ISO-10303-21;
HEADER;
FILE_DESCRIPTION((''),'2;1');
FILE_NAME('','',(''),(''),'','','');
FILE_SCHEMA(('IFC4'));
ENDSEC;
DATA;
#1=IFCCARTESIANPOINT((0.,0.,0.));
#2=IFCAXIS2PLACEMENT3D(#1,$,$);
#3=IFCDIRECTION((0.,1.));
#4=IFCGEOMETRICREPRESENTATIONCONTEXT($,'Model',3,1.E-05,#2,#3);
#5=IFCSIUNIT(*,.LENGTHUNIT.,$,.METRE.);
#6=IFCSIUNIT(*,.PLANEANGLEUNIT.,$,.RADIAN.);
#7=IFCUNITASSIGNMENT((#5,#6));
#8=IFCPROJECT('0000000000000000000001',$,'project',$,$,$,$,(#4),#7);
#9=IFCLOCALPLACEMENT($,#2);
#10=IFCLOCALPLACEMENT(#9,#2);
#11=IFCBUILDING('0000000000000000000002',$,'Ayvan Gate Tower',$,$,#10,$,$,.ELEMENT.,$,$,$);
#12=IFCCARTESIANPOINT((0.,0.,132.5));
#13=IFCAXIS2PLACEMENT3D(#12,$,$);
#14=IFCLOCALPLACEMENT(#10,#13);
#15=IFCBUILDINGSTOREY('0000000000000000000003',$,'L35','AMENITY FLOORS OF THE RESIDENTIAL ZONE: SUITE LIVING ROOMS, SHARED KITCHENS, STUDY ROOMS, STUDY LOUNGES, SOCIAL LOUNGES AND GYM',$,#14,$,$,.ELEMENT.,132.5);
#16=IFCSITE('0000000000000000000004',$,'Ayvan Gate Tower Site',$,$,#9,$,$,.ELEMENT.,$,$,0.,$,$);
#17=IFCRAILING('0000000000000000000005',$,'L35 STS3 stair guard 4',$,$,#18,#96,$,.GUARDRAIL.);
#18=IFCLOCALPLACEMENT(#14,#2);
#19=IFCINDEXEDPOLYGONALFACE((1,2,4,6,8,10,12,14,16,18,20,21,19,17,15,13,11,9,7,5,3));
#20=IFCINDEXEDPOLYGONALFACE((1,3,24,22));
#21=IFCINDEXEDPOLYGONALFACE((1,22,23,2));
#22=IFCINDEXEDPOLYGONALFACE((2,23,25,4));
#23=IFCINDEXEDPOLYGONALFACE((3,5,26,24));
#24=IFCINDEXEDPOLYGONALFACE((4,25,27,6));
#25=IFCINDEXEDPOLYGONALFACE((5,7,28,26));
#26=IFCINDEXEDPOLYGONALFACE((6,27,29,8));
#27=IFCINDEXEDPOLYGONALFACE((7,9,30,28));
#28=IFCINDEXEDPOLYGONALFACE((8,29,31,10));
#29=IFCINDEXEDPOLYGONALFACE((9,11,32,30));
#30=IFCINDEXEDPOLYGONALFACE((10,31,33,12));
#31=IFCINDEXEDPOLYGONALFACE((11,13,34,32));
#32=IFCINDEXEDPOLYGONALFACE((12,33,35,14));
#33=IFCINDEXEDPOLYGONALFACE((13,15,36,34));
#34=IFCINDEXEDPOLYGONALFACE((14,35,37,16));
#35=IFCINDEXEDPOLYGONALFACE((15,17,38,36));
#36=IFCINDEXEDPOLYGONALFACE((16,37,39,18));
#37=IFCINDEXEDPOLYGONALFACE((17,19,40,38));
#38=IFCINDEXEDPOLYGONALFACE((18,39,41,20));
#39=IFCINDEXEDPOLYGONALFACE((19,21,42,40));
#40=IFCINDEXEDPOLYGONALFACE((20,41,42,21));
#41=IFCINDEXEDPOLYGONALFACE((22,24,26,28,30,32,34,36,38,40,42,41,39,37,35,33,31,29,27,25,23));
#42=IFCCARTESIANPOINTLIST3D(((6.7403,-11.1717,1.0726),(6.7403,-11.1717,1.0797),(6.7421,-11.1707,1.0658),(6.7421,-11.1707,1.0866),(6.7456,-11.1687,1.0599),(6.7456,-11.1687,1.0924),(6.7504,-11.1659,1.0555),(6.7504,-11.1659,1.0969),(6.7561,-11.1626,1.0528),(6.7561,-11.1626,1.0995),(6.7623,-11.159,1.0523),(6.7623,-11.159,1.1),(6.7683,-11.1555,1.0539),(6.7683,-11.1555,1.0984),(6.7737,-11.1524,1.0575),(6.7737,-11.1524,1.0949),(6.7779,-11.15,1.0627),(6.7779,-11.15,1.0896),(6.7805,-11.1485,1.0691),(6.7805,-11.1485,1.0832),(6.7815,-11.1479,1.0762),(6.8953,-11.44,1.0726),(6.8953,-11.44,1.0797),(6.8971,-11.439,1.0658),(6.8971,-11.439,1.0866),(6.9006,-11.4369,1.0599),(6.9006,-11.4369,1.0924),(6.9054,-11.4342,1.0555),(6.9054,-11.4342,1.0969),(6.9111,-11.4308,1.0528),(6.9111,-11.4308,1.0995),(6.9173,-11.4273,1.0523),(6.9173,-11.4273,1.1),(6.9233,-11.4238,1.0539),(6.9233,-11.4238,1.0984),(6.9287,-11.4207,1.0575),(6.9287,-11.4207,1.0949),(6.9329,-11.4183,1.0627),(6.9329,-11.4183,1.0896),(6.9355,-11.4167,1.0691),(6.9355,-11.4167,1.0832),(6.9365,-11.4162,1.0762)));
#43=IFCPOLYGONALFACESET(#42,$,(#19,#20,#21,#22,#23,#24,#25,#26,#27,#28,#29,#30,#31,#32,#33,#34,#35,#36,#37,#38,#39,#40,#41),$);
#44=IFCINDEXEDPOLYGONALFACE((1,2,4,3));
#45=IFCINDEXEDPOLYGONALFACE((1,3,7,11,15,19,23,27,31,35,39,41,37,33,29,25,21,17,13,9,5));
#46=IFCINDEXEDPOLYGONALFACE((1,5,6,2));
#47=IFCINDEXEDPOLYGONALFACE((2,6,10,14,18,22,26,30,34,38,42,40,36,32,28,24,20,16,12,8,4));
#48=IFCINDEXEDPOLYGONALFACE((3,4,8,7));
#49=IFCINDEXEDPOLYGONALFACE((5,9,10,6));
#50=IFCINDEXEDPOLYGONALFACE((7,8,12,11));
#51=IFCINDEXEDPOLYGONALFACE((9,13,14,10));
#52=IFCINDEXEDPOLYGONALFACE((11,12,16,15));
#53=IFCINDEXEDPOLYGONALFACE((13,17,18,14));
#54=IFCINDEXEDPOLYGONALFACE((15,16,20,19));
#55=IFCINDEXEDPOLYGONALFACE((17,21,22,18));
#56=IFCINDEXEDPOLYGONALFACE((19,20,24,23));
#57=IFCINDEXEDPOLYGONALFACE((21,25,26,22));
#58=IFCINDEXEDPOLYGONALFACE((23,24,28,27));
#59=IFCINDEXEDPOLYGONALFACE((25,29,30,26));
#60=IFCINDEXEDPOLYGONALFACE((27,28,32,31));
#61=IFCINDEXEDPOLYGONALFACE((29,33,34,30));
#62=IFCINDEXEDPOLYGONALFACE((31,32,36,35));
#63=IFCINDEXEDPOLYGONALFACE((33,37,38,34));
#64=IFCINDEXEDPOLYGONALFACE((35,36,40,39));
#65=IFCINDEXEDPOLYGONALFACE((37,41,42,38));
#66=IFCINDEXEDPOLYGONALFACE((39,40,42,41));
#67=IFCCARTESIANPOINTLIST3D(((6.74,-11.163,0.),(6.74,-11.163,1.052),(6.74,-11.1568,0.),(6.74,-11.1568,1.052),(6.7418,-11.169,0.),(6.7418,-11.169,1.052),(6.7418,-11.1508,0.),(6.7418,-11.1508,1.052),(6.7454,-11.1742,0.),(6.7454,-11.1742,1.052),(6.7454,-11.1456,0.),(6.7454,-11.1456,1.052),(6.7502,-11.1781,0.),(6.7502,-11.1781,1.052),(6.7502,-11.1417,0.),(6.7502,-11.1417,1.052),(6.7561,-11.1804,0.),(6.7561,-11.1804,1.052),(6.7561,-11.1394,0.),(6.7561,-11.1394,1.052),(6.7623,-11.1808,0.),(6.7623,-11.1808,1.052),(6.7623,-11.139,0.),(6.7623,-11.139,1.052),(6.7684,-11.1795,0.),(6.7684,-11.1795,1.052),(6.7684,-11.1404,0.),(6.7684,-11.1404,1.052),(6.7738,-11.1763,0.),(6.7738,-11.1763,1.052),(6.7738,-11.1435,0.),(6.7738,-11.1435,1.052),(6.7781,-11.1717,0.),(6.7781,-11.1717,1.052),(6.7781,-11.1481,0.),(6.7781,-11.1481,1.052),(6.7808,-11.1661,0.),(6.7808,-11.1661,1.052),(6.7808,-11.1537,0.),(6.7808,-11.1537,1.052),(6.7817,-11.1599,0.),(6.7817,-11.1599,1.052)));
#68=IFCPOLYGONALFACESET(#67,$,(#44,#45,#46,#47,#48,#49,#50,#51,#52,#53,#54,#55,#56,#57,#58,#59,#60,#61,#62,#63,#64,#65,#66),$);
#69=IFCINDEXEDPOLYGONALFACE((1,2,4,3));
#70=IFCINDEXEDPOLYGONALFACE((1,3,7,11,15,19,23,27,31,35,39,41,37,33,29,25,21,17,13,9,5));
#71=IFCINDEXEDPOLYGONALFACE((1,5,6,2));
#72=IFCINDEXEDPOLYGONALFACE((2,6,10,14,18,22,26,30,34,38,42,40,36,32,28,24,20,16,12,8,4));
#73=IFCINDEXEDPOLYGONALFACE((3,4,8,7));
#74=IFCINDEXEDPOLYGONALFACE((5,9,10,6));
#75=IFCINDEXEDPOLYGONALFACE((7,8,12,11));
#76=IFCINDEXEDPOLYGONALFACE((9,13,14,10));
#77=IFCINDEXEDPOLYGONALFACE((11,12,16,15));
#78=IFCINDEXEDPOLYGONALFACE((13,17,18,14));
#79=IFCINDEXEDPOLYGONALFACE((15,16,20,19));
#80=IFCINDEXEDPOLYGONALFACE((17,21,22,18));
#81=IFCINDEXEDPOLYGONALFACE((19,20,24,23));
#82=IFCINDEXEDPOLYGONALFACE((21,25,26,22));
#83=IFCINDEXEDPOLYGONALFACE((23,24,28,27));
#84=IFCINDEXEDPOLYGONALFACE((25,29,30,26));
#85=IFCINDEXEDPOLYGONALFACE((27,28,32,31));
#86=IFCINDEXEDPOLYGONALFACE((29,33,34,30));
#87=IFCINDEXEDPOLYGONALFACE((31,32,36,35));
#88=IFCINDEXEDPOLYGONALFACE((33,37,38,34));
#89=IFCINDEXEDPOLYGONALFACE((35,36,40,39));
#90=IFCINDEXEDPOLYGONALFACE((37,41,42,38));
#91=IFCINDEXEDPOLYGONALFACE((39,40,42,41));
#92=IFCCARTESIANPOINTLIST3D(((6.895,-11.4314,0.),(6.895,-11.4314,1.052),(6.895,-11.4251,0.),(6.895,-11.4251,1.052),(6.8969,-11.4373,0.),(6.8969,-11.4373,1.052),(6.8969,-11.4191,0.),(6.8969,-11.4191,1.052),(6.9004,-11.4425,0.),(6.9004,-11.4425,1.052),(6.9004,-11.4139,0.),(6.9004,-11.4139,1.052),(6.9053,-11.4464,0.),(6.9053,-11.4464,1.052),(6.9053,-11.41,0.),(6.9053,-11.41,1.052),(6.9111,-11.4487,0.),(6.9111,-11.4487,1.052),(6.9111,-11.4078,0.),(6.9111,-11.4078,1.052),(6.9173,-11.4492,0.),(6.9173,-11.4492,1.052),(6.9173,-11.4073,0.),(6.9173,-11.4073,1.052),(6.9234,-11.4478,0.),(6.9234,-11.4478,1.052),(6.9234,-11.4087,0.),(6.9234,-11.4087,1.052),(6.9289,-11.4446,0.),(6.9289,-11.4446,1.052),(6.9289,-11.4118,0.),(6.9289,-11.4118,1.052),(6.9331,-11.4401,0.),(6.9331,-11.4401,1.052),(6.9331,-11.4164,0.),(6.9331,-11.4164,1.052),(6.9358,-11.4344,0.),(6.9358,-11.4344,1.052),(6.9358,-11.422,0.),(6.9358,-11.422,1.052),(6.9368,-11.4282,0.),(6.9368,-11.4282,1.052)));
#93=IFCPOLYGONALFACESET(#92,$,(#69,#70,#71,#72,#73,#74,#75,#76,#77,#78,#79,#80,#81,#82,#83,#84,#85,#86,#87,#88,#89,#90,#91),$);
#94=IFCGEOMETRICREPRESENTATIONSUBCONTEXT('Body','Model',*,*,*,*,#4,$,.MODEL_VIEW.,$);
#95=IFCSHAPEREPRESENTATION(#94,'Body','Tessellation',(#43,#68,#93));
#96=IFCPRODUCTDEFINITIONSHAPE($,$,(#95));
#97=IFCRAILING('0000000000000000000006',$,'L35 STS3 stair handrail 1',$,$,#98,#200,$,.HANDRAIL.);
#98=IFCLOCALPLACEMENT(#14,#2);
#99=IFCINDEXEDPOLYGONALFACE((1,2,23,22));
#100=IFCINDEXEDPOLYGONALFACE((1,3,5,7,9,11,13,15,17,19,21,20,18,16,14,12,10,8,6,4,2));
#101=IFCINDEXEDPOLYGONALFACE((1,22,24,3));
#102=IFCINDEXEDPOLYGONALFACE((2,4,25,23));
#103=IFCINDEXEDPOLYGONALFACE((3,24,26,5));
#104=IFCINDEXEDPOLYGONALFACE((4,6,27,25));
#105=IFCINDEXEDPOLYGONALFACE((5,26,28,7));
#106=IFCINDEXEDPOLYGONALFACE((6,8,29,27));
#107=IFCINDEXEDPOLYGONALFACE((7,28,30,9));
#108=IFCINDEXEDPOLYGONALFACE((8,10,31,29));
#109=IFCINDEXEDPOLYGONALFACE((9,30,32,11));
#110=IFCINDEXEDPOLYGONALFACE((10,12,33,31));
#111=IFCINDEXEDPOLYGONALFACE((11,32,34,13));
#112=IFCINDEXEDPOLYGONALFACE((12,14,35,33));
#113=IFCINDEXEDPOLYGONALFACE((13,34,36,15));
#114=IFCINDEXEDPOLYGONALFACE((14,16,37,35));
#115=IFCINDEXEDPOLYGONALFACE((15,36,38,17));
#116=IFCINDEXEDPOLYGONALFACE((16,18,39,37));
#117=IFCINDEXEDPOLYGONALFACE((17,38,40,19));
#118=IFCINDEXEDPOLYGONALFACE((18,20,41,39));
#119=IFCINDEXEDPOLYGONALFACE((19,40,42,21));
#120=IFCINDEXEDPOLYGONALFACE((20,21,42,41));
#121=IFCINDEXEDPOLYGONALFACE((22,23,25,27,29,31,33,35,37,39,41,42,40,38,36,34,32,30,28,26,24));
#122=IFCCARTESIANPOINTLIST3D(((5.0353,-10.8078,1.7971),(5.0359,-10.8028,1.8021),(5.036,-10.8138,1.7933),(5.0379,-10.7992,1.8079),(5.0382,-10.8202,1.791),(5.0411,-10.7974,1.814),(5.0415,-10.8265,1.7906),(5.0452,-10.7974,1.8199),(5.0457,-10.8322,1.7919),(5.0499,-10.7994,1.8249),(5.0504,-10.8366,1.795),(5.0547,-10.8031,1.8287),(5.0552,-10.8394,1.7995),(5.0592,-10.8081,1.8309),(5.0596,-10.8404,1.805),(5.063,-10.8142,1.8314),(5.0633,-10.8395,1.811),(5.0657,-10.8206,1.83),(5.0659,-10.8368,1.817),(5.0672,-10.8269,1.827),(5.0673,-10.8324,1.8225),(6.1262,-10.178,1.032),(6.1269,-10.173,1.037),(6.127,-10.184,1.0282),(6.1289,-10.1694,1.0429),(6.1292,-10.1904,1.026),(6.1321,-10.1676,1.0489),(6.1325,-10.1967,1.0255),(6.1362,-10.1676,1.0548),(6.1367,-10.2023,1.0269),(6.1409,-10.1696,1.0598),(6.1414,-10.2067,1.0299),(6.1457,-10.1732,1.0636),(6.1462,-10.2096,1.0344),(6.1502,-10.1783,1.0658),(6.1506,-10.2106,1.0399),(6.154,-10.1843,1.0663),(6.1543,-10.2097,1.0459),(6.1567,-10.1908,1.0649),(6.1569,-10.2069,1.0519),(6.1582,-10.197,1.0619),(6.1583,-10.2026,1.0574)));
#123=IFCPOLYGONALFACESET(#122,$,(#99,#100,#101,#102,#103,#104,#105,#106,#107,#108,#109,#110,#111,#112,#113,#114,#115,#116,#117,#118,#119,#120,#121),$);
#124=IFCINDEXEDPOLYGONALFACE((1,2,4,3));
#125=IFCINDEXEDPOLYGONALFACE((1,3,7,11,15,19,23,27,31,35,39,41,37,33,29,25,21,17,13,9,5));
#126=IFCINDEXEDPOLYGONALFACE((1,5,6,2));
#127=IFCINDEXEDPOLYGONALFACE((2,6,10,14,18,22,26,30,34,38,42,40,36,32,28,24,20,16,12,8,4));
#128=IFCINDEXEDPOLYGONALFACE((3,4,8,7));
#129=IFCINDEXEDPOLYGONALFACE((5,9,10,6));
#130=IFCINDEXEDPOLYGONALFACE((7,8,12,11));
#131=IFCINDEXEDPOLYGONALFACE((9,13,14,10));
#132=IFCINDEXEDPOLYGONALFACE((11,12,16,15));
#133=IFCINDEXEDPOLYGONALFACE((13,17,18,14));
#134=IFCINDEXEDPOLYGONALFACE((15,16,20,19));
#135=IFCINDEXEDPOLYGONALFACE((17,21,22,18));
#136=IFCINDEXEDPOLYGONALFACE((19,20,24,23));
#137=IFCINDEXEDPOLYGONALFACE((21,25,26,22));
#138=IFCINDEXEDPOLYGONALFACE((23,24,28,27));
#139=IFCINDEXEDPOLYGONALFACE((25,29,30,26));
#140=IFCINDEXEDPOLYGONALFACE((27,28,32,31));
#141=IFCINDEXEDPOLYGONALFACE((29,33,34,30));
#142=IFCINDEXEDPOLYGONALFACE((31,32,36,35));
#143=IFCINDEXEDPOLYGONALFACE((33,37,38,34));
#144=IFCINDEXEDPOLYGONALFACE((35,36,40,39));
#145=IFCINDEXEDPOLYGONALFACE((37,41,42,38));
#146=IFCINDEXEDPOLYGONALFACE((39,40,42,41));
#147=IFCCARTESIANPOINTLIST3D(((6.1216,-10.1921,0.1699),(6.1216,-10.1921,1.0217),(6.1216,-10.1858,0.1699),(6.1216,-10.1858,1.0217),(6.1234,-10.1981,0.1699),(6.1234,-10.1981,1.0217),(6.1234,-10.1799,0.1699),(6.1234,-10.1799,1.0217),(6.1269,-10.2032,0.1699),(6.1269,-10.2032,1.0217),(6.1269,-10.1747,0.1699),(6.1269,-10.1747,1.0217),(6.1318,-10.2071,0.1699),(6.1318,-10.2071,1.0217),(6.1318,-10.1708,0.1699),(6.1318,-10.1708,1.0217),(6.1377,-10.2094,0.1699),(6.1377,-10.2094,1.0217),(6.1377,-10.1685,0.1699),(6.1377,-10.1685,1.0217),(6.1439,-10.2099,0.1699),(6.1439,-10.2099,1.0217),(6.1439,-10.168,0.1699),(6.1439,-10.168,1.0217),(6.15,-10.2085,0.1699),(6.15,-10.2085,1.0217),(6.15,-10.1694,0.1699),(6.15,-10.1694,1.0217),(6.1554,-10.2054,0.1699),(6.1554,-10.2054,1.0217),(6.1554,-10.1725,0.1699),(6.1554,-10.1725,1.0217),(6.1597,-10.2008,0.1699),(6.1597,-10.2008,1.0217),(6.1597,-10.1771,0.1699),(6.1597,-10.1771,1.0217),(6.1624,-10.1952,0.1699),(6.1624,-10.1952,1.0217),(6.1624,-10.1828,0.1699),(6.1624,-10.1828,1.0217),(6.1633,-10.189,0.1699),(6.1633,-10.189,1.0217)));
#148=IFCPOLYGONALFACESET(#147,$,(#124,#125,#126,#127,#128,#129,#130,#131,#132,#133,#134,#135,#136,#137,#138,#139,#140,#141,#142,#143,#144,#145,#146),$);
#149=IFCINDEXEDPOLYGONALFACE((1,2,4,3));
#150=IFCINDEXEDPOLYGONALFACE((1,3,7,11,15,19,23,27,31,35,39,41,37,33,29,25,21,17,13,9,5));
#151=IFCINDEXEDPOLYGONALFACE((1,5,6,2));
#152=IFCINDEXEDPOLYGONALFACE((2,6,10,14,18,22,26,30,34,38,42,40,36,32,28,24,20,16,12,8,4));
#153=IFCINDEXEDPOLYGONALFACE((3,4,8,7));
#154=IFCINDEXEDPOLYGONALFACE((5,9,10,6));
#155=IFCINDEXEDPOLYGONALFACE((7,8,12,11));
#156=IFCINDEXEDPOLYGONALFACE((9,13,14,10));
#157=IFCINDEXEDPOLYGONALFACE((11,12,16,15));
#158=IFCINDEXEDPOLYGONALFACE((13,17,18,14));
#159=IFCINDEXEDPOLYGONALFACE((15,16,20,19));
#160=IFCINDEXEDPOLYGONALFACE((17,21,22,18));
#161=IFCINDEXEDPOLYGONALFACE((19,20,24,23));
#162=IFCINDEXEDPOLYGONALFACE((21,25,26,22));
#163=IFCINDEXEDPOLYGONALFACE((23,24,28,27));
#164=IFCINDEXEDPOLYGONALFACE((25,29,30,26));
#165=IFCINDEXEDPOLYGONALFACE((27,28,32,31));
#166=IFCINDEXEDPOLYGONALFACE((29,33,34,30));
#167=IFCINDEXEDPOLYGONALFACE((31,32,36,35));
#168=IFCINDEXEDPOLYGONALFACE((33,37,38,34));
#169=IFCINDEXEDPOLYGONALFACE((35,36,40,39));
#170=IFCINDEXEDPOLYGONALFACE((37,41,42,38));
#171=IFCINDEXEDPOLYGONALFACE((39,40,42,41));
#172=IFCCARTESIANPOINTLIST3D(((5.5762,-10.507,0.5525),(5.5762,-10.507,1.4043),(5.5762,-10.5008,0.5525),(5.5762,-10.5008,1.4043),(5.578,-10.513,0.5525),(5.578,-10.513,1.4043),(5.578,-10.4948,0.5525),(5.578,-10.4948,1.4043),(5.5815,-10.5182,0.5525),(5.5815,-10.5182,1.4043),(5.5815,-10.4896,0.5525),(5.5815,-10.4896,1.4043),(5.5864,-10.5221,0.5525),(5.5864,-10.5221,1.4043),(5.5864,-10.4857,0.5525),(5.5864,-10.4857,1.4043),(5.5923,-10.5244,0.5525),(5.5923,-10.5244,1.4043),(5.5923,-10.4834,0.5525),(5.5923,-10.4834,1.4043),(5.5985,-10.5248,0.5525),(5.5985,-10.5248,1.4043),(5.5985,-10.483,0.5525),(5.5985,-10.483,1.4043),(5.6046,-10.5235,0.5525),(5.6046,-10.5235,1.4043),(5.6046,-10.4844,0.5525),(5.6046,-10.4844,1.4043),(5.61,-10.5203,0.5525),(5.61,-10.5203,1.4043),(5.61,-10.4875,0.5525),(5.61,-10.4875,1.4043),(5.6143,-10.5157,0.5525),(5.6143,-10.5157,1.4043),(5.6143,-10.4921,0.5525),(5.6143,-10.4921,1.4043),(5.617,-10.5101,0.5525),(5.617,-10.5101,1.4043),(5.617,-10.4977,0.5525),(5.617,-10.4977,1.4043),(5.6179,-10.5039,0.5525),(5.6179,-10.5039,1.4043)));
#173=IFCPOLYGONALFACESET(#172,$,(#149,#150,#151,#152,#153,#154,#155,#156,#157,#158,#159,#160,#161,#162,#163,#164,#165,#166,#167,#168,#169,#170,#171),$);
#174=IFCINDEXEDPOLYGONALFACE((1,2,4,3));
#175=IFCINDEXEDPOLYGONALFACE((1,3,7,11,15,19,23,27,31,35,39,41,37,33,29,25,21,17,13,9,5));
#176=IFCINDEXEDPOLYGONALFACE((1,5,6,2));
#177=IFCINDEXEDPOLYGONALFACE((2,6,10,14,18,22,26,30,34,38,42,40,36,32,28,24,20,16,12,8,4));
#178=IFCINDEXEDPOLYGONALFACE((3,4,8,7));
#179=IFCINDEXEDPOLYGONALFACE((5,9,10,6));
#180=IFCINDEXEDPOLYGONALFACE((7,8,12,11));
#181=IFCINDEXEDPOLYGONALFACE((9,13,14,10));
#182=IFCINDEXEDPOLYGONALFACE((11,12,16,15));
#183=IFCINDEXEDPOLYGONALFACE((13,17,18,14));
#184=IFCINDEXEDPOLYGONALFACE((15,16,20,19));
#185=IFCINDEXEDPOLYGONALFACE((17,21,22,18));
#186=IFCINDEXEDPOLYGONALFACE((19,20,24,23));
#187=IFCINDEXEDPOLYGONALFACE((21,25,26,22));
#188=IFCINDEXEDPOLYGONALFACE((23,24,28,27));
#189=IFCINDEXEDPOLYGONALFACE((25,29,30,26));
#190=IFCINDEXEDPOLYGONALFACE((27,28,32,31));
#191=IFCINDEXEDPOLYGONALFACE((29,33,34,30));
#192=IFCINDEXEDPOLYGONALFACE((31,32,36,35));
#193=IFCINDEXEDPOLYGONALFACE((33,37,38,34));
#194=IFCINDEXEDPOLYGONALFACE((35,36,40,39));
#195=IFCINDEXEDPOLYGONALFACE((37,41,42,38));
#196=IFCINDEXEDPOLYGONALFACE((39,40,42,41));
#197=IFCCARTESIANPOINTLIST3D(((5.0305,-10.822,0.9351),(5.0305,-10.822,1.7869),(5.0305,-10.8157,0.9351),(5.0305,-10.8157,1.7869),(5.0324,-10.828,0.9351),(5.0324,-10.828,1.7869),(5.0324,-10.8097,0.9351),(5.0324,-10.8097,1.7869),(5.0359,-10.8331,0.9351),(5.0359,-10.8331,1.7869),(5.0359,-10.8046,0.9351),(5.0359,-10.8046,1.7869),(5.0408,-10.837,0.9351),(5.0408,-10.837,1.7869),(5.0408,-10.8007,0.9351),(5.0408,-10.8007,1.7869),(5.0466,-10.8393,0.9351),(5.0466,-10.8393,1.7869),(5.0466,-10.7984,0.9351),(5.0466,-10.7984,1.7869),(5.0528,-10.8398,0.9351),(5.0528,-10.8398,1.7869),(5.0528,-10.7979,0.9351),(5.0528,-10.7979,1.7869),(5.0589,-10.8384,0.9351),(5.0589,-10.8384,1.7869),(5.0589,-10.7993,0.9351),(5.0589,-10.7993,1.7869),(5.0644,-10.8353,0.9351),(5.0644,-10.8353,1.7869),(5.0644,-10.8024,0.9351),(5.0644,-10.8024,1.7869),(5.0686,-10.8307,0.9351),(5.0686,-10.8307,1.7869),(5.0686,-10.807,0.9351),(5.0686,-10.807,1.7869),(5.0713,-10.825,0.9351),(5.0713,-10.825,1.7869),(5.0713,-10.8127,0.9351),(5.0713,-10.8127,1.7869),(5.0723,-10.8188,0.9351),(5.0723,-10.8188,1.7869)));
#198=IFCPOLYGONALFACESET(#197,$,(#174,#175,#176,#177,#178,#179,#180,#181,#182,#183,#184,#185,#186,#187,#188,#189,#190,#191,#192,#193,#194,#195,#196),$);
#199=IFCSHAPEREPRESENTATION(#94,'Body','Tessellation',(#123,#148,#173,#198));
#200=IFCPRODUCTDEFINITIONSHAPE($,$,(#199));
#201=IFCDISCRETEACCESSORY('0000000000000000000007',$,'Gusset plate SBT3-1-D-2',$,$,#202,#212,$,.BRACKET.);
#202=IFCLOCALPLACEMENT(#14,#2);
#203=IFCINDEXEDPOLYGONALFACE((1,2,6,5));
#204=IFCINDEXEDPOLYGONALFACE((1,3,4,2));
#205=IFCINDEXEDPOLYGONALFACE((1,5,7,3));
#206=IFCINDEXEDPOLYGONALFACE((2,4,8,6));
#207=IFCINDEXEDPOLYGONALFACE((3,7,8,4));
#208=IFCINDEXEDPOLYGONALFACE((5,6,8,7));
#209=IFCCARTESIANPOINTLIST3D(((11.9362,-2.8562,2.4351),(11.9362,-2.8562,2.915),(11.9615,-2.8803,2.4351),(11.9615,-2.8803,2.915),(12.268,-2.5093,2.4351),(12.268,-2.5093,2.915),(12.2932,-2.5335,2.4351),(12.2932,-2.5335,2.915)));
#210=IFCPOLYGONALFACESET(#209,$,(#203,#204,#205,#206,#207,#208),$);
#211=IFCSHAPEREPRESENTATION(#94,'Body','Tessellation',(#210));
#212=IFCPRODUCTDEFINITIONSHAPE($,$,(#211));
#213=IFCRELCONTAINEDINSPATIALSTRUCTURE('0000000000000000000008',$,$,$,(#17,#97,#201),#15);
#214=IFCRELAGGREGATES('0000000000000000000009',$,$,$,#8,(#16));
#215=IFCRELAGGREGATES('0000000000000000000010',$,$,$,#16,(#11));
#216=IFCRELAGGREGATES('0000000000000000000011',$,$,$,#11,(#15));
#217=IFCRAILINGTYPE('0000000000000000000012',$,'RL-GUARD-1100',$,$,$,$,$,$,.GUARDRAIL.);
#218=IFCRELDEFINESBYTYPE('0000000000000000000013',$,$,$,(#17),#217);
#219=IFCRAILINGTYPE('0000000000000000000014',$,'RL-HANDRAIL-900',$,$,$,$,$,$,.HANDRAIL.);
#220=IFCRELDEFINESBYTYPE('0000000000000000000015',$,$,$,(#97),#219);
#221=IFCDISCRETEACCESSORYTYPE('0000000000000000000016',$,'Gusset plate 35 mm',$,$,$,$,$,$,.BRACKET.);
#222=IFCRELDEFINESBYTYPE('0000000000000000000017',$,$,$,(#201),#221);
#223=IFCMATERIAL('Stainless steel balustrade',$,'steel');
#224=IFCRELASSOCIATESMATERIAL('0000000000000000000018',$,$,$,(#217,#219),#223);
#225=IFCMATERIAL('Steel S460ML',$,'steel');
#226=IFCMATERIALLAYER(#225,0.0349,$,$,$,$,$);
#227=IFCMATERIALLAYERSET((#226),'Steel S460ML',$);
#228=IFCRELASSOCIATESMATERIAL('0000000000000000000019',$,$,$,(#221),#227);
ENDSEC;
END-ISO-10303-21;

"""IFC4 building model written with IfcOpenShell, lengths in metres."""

from ifc_helpers import new_model, si_unit, direction, frame, origin, origin_2d, place, context, subcontext, project, spatial, rectangle, circle, extrude, material, layer, layer_set, type_object, element, save


model = new_model("IFC4")

# Units and contexts
model_context = context("Model", 3, precision=1e-05, world=origin(), true_north=direction((0.0, 1.0)))
body_context = subcontext(model_context, "Body", "Model", "MODEL_VIEW")
ifc_project = project(units=[si_unit("LENGTHUNIT", "METRE"), si_unit("PLANEANGLEUNIT", "RADIAN")], contexts=[model_context])

# Site, building, storey
site_placement = place(None, origin())
site = spatial("IfcSite", under=ifc_project, at=site_placement, Name="Ayvan Gate Tower Site", CompositionType="ELEMENT", RefElevation=0.0)
building_placement = place(site_placement, origin())
building = spatial("IfcBuilding", under=site, at=building_placement, Name="Ayvan Gate Tower", CompositionType="ELEMENT")
storey_placement = place(building_placement, frame((0.0, 0.0, 132.5)))
storey = spatial("IfcBuildingStorey", under=building, at=storey_placement, Name="L35", Description="AMENITY FLOORS OF THE RESIDENTIAL ZONE: SUITE LIVING ROOMS, SHARED KITCHENS, STUDY ROOMS, STUDY LOUNGES, SOCIAL LOUNGES AND GYM", CompositionType="ELEMENT", Elevation=132.5)

# Railings
ifc_material_1 = material(Name="Stainless steel balustrade", Category="steel")
railing_type_1 = type_object("IfcRailingType", Name="RL-GUARD-1100", PredefinedType="GUARDRAIL", material=ifc_material_1)
railing_1_placement = place(storey_placement, frame((6.7607, -11.1599, 0.0)))
element("IfcRailing", 1, at=railing_1_placement, inside=storey, type_object=railing_type_1, Name="L35 STS3 stair guard 4", PredefinedType="GUARDRAIL", context=body_context, shape_type="SweptSolid", body=[
    extrude(circle(Radius=0.0239, at=origin_2d()), frame((0.0, 0.0, 1.0762), z_axis=(0.500291, -0.865857, 0.0), x_axis=(0.865857, 0.500291, 0.0)), (0.0, 0.0, 1.0), 0.3098),
    extrude(circle(Radius=0.021, at=origin_2d()), origin(), (0.0, 0.0, 1.0), 1.052),
    extrude(circle(Radius=0.021, at=origin_2d()), frame((0.155, -0.2683, 0.0)), (0.0, 0.0, 1.0), 1.052),
])
railing_type_2 = type_object("IfcRailingType", Name="RL-HANDRAIL-900", PredefinedType="HANDRAIL", material=ifc_material_1)
railing_2_placement = place(storey_placement, frame((6.1423, -10.189, 0.1699)))
element("IfcRailing", 2, at=railing_2_placement, inside=storey, type_object=railing_type_2, Name="L35 STS3 stair handrail 1", PredefinedType="HANDRAIL", context=body_context, shape_type="SweptSolid", body=[
    extrude(circle(Radius=0.0239, at=origin_2d()), frame((0.0, 0.0, 0.876), z_axis=(-0.740218, -0.427336, 0.519097), x_axis=(0.499974, -0.86604, 0.0)), (0.0, 0.0, 1.0), 1.4739),
    extrude(circle(Radius=0.021, at=origin_2d()), origin(), (0.0, 0.0, 1.0), 0.8518),
    extrude(circle(Radius=0.021, at=origin_2d()), frame((-0.5454, -0.3149, 0.3826)), (0.0, 0.0, 1.0), 0.8518),
    extrude(circle(Radius=0.021, at=origin_2d()), frame((-1.0911, -0.6299, 0.7651)), (0.0, 0.0, 1.0), 0.8518),
])

# Discrete accessory
ifc_material_2 = material(Name="Steel S460ML", Category="steel")
ifc_layer_1 = layer(ifc_material_2, 0.0349)
ifc_layer_set_1 = layer_set([ifc_layer_1], Name="Steel S460ML")
discrete_accessory_type = type_object("IfcDiscreteAccessoryType", Name="Gusset plate 35 mm", PredefinedType="BRACKET", material=ifc_layer_set_1)
discrete_accessory_placement = place(storey_placement, frame((12.1147, -2.6948, 2.4351), z_axis=(0.0, 0.0, 1.0), x_axis=(0.691214, 0.72265, 0.0)))
element("IfcDiscreteAccessory", 3, at=discrete_accessory_placement, inside=storey, type_object=discrete_accessory_type, Name="Gusset plate SBT3-1-D-2", PredefinedType="BRACKET", context=body_context, shape_type="SweptSolid", body=[
    extrude(rectangle(XDim=0.48, YDim=0.0349, at=origin_2d()), origin(), (0.0, 0.0, 1.0), 0.48),
])

save(model, "model.ifc")
